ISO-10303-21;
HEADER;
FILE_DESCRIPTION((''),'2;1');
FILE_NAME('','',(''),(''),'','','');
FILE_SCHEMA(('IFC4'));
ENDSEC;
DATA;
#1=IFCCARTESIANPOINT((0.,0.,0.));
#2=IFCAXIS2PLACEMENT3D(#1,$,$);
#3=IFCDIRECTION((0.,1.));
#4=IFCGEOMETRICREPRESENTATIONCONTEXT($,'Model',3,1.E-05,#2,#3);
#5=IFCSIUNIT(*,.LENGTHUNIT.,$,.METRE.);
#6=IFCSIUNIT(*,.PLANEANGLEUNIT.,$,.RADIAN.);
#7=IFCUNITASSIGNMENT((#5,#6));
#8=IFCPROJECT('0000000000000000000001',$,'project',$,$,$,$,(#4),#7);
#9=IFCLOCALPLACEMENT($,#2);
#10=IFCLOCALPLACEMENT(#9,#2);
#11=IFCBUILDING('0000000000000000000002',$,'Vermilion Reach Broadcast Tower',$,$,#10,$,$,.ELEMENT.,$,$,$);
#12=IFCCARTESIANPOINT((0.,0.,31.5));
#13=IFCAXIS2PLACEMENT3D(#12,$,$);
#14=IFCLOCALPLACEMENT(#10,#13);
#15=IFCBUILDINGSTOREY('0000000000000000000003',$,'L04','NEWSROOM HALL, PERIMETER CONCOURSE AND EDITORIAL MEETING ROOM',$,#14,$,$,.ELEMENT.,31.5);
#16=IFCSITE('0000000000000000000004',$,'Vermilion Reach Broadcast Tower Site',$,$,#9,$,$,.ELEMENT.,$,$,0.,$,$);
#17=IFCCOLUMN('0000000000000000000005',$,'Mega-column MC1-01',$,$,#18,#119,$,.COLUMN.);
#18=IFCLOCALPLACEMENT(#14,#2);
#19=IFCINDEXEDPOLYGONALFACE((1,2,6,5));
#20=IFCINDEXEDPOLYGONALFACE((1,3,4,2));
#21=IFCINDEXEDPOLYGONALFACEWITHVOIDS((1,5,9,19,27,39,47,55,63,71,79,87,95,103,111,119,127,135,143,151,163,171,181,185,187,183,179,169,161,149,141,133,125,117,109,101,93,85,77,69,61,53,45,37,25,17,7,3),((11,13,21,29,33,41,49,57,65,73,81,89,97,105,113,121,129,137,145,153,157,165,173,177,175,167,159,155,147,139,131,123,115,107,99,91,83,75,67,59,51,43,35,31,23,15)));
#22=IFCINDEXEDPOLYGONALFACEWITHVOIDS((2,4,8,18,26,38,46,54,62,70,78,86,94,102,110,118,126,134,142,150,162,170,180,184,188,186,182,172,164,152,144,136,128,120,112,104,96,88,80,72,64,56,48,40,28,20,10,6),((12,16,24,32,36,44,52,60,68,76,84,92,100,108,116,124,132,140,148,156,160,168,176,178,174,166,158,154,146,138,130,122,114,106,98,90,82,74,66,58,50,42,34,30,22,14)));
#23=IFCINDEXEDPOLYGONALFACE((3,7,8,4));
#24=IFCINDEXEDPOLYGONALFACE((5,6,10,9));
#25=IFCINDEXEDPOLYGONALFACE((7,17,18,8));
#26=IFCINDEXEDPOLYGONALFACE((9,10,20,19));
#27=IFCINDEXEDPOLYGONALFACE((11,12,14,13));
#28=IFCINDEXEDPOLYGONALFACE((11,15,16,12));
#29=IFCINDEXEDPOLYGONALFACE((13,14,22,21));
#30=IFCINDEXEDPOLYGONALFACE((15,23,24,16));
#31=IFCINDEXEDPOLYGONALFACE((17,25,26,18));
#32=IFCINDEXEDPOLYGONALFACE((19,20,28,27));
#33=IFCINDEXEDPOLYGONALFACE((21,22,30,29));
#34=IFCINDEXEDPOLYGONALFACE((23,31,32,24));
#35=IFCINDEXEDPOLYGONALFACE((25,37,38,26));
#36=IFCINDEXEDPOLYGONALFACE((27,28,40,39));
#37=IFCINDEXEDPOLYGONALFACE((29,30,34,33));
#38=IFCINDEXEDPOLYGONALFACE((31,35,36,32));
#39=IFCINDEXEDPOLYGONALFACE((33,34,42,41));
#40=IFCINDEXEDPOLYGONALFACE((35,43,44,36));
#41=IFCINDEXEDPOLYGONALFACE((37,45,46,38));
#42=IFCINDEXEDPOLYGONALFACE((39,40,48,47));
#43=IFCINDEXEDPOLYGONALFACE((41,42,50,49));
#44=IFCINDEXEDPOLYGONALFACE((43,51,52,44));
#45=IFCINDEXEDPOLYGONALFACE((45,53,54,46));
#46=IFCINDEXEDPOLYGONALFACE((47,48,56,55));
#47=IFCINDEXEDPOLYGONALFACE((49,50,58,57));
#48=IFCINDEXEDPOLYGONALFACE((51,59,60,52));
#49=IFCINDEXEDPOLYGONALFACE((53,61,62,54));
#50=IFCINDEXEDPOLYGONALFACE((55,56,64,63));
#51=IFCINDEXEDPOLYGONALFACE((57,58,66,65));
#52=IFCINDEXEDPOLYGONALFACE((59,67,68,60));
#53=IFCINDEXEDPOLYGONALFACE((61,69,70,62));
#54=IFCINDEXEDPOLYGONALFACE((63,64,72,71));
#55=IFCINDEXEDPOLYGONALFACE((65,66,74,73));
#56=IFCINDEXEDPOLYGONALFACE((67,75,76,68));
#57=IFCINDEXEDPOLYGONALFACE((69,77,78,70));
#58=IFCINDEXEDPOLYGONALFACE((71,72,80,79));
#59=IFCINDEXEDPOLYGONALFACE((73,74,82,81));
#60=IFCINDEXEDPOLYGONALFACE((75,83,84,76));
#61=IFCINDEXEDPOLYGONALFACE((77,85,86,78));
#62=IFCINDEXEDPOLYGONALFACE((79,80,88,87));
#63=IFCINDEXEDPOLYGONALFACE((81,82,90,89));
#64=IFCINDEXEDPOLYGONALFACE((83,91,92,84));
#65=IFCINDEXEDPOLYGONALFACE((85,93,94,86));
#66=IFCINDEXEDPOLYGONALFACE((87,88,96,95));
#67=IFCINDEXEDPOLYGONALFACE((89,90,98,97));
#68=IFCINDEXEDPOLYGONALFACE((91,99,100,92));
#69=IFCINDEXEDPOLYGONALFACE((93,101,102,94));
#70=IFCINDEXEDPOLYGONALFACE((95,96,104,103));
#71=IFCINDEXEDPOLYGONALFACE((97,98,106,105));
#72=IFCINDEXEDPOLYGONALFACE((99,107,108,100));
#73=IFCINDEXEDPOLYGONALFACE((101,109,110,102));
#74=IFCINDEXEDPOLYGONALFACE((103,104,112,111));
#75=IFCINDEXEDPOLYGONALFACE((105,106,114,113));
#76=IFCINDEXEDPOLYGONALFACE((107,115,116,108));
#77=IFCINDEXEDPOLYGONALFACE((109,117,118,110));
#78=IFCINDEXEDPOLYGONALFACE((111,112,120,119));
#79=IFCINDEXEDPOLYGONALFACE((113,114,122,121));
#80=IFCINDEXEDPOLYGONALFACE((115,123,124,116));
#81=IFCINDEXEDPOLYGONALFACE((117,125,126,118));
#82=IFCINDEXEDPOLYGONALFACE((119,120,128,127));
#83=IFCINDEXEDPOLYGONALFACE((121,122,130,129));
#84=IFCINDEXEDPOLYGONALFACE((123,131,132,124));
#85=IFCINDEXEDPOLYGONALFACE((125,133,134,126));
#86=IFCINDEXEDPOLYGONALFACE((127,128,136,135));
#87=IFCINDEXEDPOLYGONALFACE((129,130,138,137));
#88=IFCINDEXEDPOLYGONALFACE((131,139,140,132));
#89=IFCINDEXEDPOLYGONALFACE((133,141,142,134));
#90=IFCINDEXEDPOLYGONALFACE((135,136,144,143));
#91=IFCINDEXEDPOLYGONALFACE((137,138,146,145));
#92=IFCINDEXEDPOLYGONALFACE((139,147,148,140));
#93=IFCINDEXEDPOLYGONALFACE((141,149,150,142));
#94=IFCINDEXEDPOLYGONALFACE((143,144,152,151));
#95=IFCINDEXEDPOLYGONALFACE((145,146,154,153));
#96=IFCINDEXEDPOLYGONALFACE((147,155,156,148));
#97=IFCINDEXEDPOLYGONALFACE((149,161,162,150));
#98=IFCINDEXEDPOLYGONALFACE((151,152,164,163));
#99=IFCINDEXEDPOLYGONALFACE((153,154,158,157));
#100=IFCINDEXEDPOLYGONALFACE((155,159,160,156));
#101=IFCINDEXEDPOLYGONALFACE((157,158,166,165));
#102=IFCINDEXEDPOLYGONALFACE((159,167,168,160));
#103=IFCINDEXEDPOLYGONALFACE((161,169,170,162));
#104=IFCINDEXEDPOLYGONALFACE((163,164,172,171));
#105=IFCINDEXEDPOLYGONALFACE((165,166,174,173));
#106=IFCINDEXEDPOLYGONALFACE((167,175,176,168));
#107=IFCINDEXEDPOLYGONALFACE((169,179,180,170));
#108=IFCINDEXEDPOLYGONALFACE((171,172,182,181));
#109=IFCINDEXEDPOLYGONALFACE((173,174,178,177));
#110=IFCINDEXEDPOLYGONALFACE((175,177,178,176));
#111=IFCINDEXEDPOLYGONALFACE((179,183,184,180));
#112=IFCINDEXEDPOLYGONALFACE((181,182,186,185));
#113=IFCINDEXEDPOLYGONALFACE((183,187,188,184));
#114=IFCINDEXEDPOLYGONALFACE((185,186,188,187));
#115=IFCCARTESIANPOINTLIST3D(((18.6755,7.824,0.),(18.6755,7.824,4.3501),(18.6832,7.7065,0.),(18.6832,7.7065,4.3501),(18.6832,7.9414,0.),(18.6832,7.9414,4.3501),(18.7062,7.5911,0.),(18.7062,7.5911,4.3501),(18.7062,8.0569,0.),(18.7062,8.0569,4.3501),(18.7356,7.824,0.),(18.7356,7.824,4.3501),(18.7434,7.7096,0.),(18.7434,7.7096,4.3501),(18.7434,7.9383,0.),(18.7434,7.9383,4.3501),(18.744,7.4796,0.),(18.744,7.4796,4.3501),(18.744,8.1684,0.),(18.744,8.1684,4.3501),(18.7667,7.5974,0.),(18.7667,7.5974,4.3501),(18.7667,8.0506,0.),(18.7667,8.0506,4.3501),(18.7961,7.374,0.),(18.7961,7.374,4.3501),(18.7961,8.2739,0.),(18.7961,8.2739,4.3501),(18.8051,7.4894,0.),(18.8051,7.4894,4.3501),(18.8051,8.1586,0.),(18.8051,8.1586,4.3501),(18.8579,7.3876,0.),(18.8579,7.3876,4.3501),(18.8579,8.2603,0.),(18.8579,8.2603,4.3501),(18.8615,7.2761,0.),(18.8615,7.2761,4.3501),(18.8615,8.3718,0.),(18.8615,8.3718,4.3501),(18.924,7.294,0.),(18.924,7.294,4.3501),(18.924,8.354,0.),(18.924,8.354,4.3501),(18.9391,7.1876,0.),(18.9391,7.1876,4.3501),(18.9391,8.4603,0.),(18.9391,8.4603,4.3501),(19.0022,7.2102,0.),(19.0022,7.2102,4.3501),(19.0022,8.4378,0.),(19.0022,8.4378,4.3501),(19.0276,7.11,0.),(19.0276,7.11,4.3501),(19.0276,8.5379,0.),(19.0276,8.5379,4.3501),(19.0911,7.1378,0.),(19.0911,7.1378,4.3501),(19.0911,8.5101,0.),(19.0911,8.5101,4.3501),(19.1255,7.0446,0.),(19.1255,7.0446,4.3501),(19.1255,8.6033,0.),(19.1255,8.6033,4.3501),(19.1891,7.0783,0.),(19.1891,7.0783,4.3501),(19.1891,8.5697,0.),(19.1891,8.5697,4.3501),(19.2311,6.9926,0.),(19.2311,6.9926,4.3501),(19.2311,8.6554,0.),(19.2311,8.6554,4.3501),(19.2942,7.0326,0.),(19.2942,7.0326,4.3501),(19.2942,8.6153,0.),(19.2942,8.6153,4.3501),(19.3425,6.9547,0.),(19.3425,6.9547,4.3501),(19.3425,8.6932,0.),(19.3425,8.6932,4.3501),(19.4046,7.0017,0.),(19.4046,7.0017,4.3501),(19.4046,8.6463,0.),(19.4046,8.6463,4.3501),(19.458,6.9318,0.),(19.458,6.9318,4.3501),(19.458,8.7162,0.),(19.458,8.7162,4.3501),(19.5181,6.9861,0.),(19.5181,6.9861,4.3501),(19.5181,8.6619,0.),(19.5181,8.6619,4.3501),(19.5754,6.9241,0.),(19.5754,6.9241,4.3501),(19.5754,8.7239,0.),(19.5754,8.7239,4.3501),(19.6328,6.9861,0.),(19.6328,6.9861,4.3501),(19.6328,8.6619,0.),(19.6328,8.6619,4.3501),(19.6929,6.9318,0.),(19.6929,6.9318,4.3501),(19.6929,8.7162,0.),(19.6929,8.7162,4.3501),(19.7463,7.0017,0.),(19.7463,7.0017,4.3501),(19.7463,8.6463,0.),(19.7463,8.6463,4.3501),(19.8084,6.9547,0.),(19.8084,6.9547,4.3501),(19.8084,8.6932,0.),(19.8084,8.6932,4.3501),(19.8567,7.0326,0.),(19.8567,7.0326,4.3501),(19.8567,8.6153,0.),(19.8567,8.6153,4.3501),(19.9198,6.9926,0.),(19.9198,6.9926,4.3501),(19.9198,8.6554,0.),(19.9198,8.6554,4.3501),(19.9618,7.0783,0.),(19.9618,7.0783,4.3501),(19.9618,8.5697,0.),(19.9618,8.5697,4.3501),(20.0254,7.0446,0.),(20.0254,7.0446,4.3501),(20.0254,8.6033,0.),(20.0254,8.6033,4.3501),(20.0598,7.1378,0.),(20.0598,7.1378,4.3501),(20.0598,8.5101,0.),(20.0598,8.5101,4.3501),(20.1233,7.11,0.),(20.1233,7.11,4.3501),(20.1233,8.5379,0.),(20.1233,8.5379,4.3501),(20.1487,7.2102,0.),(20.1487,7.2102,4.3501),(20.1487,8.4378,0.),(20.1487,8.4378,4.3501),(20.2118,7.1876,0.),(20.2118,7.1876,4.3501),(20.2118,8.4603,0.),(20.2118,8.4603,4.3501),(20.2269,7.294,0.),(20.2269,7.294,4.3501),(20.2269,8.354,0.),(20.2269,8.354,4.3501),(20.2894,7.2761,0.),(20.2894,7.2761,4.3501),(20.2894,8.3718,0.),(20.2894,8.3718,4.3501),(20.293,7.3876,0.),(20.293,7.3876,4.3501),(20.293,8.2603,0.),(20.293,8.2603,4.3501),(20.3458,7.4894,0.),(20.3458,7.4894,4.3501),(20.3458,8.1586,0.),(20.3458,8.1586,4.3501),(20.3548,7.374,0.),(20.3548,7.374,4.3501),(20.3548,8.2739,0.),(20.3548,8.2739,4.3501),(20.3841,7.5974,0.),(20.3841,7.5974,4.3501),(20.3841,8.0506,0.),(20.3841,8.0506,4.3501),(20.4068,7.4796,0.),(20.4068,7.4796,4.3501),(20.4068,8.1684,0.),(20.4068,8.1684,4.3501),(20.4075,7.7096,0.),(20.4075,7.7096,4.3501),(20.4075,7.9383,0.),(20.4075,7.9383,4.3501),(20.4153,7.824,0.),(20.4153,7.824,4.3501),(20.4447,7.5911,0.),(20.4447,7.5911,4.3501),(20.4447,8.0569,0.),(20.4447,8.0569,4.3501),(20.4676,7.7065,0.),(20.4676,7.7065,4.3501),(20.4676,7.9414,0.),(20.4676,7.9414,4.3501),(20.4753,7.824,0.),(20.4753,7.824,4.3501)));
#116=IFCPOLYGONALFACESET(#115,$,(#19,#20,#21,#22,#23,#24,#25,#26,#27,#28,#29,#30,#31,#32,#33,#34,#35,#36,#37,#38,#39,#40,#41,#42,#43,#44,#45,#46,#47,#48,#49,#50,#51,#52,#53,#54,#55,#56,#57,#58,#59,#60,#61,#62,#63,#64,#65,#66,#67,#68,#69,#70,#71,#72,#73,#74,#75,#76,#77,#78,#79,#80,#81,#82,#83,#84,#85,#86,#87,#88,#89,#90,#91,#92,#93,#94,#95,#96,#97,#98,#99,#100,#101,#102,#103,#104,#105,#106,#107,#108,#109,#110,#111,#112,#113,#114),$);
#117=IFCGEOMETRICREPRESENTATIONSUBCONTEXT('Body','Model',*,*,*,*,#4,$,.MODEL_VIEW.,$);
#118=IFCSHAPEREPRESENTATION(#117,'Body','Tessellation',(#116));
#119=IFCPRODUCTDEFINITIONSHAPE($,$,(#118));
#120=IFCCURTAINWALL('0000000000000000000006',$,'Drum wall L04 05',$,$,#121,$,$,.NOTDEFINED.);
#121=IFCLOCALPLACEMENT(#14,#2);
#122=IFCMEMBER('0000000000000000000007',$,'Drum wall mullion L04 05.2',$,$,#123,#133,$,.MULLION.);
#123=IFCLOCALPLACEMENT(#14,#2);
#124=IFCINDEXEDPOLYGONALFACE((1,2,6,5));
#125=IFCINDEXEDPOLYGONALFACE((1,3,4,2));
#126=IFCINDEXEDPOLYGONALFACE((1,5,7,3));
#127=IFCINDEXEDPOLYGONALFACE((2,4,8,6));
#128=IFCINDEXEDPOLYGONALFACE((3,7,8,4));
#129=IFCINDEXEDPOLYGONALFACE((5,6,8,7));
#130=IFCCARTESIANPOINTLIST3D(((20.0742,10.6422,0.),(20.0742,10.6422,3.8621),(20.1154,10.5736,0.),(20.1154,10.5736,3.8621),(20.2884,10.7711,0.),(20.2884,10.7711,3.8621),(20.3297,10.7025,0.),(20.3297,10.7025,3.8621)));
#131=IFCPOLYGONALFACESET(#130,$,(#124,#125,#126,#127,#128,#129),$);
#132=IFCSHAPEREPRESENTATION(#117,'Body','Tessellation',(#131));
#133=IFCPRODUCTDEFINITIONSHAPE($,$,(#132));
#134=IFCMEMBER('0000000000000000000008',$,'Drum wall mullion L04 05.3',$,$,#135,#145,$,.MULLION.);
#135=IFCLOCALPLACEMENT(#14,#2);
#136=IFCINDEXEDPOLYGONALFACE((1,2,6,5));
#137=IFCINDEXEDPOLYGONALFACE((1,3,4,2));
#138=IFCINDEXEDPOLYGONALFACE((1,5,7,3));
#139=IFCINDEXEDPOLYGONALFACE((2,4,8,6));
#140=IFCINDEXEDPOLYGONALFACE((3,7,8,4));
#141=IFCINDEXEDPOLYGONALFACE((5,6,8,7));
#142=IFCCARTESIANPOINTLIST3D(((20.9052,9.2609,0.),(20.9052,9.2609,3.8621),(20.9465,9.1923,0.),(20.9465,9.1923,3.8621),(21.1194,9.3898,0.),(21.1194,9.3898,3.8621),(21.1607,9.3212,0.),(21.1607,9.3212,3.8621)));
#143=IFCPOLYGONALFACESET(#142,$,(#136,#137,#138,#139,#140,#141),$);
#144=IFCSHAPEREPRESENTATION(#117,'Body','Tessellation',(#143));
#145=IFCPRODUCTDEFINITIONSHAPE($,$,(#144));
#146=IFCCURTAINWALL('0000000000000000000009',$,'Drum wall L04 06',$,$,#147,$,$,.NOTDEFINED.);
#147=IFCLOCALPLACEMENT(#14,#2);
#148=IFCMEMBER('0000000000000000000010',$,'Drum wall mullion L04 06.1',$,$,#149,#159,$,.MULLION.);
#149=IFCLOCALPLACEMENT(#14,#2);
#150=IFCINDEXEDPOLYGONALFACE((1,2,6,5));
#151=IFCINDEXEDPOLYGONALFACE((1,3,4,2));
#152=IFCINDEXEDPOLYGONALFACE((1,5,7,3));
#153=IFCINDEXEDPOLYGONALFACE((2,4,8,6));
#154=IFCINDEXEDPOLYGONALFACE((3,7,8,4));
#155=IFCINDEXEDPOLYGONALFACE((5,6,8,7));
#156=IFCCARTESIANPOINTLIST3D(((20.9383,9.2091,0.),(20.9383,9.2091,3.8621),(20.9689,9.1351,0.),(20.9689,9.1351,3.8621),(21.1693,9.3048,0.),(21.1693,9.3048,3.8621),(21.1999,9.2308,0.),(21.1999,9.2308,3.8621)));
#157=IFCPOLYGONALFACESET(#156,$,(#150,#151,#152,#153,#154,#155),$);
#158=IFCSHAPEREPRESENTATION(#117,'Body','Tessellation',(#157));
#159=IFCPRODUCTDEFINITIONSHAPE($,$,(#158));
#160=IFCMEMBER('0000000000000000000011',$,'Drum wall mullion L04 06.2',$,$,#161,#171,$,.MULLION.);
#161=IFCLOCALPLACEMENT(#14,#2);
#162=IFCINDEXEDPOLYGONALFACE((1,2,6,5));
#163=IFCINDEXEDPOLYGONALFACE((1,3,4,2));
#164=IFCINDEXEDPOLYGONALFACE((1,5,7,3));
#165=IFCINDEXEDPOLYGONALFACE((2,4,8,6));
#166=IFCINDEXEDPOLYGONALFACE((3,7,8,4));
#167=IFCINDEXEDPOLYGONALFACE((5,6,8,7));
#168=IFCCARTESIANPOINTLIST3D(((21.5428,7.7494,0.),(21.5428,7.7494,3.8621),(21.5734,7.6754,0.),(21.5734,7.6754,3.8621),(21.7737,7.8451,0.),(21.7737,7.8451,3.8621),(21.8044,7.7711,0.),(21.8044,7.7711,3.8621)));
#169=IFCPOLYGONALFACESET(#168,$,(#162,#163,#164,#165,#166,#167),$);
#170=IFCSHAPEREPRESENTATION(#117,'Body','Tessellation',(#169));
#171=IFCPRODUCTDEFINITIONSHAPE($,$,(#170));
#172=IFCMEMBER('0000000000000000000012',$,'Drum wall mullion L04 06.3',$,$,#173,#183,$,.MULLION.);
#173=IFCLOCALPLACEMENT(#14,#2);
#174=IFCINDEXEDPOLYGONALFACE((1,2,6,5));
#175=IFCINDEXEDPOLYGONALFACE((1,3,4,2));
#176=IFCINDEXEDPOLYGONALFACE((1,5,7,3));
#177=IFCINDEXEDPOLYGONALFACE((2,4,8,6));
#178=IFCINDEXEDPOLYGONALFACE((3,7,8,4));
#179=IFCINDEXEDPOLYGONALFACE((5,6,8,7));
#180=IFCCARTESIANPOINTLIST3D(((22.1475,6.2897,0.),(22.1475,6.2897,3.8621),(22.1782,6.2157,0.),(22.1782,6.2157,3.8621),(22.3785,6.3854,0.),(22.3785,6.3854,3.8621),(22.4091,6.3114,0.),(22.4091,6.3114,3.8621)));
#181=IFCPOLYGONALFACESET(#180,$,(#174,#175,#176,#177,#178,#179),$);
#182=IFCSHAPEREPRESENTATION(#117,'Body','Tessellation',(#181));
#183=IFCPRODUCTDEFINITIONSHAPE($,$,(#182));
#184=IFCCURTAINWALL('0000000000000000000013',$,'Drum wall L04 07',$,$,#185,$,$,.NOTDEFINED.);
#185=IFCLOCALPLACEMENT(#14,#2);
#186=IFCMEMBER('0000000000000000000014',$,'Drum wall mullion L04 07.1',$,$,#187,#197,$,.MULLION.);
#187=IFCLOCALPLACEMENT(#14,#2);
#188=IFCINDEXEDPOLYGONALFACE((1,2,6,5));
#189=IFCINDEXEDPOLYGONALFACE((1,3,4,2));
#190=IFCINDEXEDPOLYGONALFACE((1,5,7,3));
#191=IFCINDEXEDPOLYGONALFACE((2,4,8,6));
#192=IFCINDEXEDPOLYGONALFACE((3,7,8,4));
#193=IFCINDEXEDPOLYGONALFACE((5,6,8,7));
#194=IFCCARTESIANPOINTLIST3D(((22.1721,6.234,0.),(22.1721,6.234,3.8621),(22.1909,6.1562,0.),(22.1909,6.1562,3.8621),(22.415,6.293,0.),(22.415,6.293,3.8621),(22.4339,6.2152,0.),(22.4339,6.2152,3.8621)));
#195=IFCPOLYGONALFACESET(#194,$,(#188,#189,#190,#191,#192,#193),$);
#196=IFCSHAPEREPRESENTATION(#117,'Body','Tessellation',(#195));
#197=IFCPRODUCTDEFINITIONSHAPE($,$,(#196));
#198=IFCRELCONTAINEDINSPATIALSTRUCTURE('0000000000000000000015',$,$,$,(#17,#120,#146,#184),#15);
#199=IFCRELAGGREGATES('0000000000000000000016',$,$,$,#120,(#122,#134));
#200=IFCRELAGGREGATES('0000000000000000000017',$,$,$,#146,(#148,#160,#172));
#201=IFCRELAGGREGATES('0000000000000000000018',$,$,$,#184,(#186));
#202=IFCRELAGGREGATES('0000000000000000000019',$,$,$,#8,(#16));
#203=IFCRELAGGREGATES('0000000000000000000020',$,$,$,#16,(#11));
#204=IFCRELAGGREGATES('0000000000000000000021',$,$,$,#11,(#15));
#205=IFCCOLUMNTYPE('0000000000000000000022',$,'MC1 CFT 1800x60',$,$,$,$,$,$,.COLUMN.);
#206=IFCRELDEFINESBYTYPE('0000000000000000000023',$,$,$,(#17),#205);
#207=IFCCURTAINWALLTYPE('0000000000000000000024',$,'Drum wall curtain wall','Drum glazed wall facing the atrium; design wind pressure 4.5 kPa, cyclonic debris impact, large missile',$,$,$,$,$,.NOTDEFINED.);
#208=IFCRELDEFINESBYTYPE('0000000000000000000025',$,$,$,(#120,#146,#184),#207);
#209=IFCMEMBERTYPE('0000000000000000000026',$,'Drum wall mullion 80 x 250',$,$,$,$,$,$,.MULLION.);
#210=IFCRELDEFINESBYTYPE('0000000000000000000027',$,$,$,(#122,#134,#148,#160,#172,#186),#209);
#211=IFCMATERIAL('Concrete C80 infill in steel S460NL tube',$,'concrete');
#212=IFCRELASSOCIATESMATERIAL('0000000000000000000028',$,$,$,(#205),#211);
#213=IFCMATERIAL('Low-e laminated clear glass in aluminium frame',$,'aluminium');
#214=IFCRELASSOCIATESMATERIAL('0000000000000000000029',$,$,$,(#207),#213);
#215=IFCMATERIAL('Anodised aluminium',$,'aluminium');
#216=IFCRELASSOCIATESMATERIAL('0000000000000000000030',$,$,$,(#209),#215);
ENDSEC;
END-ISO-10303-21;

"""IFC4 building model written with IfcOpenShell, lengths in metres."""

from ifc_helpers import new_model, si_unit, direction, frame, origin, origin_2d, place, context, subcontext, project, spatial, rectangle, hollow_circle, extrude, material, material_profile, profile_set, type_object, element, aggregate, save


model = new_model("IFC4")

# Units and contexts
model_context = context("Model", 3, precision=1e-05, world=origin(), true_north=direction((0.0, 1.0)))
body_context = subcontext(model_context, "Body", "Model", "MODEL_VIEW")
ifc_project = project(units=[si_unit("LENGTHUNIT", "METRE"), si_unit("PLANEANGLEUNIT", "RADIAN")], contexts=[model_context])

# Site, building, storey
site_placement = place(None, origin())
site = spatial("IfcSite", under=ifc_project, at=site_placement, Name="Vermilion Reach Broadcast Tower Site", CompositionType="ELEMENT", RefElevation=0.0)
building_placement = place(site_placement, origin())
building = spatial("IfcBuilding", under=site, at=building_placement, Name="Vermilion Reach Broadcast Tower", CompositionType="ELEMENT")
storey_placement = place(building_placement, frame((0.0, 0.0, 31.5)))
storey = spatial("IfcBuildingStorey", under=building, at=storey_placement, Name="L04", Description="NEWSROOM HALL, PERIMETER CONCOURSE AND EDITORIAL MEETING ROOM", CompositionType="ELEMENT", Elevation=31.5)

# Column
ifc_material_1 = material(Name="Concrete C80 infill in steel S460NL tube", Category="concrete")
ifc_material_profile_1 = material_profile(ifc_material_1, hollow_circle(Radius=0.8999, WallThickness=0.0601, at=origin_2d()), Name="Concrete C80 infill in steel S460NL tube CFT 1800x60")
ifc_profile_set_1 = profile_set([ifc_material_profile_1], Name="Concrete C80 infill in steel S460NL tube")
column_type = type_object("IfcColumnType", Name="MC1 CFT 1800x60", PredefinedType="COLUMN", material=ifc_profile_set_1)
column_placement = place(storey_placement, frame((19.5754, 7.824, 0.0), z_axis=(0.0, 0.0, 1.0), x_axis=(1.0, 0.0, 0.0)))
element("IfcColumn", 1, at=column_placement, inside=storey, type_object=column_type, Name="Mega-column MC1-01", PredefinedType="COLUMN", context=body_context, shape_type="SweptSolid", body=[
    extrude(hollow_circle(Radius=0.8999, WallThickness=0.0601, at=origin_2d()), origin(), (0.0, 0.0, 1.0), 4.3501),
])

# Curtain walls, members
ifc_material_2 = material(Name="Low-e laminated clear glass in aluminium frame", Category="aluminium")
curtain_wall_type = type_object("IfcCurtainWallType", Name="Drum wall curtain wall", Description="Drum glazed wall facing the atrium; design wind pressure 4.5 kPa, cyclonic debris impact, large missile", PredefinedType="NOTDEFINED", material=ifc_material_2)
placement = place(storey_placement, origin())
curtain_wall_1 = element("IfcCurtainWall", 2, at=placement, inside=storey, type_object=curtain_wall_type, Name="Drum wall L04 05", PredefinedType="NOTDEFINED")
ifc_material_3 = material(Name="Anodised aluminium", Category="aluminium")
ifc_material_profile_2 = material_profile(ifc_material_3, rectangle(XDim=0.25, YDim=0.0801, at=origin_2d()), Name="Drum wall mullion 80 x 250")
ifc_profile_set_2 = profile_set([ifc_material_profile_2], Name="Anodised aluminium")
member_type_1 = type_object("IfcMemberType", Name="Drum wall mullion 80 x 250", PredefinedType="MULLION", material=ifc_profile_set_2)
member_1_placement = place(storey_placement, frame((20.2019, 10.6724, 0.0), z_axis=(0.0, 0.0, 1.0), x_axis=(0.856821, 0.515613, 0.0)))
member_1 = element("IfcMember", 3, at=member_1_placement, type_object=member_type_1, Name="Drum wall mullion L04 05.2", PredefinedType="MULLION", context=body_context, shape_type="SweptSolid", body=[
    extrude(rectangle(XDim=0.25, YDim=0.0801, at=origin_2d()), origin(), (0.0, 0.0, 1.0), 3.8621),
])
member_2_placement = place(storey_placement, frame((21.033, 9.291, 0.0), z_axis=(0.0, 0.0, 1.0), x_axis=(0.856821, 0.515613, 0.0)))
member_2 = element("IfcMember", 4, at=member_2_placement, type_object=member_type_1, Name="Drum wall mullion L04 05.3", PredefinedType="MULLION", context=body_context, shape_type="SweptSolid", body=[
    extrude(rectangle(XDim=0.25, YDim=0.0801, at=origin_2d()), origin(), (0.0, 0.0, 1.0), 3.8621),
])
curtain_wall_2 = element("IfcCurtainWall", 5, at=placement, inside=storey, type_object=curtain_wall_type, Name="Drum wall L04 06", PredefinedType="NOTDEFINED")
member_3_placement = place(storey_placement, frame((21.0691, 9.22, 0.0), z_axis=(0.0, 0.0, 1.0), x_axis=(0.923875, 0.382693, 0.0)))
member_3 = element("IfcMember", 6, at=member_3_placement, type_object=member_type_1, Name="Drum wall mullion L04 06.1", PredefinedType="MULLION", context=body_context, shape_type="SweptSolid", body=[
    extrude(rectangle(XDim=0.25, YDim=0.0801, at=origin_2d()), origin(), (0.0, 0.0, 1.0), 3.8621),
])
member_4_placement = place(storey_placement, frame((21.6736, 7.7603, 0.0), z_axis=(0.0, 0.0, 1.0), x_axis=(0.923875, 0.382693, 0.0)))
member_4 = element("IfcMember", 7, at=member_4_placement, type_object=member_type_1, Name="Drum wall mullion L04 06.2", PredefinedType="MULLION", context=body_context, shape_type="SweptSolid", body=[
    extrude(rectangle(XDim=0.25, YDim=0.0801, at=origin_2d()), origin(), (0.0, 0.0, 1.0), 3.8621),
])
member_5_placement = place(storey_placement, frame((22.2783, 6.3005, 0.0), z_axis=(0.0, 0.0, 1.0), x_axis=(0.923875, 0.382693, 0.0)))
member_5 = element("IfcMember", 8, at=member_5_placement, type_object=member_type_1, Name="Drum wall mullion L04 06.3", PredefinedType="MULLION", context=body_context, shape_type="SweptSolid", body=[
    extrude(rectangle(XDim=0.25, YDim=0.0801, at=origin_2d()), origin(), (0.0, 0.0, 1.0), 3.8621),
])
curtain_wall_3 = element("IfcCurtainWall", 9, at=placement, inside=storey, type_object=curtain_wall_type, Name="Drum wall L04 07", PredefinedType="NOTDEFINED")
member_6_placement = place(storey_placement, frame((22.303, 6.2246, 0.0), z_axis=(0.0, 0.0, 1.0), x_axis=(0.971783, 0.235877, 0.0)))
member_6 = element("IfcMember", 10, at=member_6_placement, type_object=member_type_1, Name="Drum wall mullion L04 07.1", PredefinedType="MULLION", context=body_context, shape_type="SweptSolid", body=[
    extrude(rectangle(XDim=0.25, YDim=0.0801, at=origin_2d()), origin(), (0.0, 0.0, 1.0), 3.8621),
])

aggregate(curtain_wall_1, [member_1, member_2])
aggregate(curtain_wall_2, [member_3, member_4, member_5])
aggregate(curtain_wall_3, [member_6])

save(model, "model.ifc")
